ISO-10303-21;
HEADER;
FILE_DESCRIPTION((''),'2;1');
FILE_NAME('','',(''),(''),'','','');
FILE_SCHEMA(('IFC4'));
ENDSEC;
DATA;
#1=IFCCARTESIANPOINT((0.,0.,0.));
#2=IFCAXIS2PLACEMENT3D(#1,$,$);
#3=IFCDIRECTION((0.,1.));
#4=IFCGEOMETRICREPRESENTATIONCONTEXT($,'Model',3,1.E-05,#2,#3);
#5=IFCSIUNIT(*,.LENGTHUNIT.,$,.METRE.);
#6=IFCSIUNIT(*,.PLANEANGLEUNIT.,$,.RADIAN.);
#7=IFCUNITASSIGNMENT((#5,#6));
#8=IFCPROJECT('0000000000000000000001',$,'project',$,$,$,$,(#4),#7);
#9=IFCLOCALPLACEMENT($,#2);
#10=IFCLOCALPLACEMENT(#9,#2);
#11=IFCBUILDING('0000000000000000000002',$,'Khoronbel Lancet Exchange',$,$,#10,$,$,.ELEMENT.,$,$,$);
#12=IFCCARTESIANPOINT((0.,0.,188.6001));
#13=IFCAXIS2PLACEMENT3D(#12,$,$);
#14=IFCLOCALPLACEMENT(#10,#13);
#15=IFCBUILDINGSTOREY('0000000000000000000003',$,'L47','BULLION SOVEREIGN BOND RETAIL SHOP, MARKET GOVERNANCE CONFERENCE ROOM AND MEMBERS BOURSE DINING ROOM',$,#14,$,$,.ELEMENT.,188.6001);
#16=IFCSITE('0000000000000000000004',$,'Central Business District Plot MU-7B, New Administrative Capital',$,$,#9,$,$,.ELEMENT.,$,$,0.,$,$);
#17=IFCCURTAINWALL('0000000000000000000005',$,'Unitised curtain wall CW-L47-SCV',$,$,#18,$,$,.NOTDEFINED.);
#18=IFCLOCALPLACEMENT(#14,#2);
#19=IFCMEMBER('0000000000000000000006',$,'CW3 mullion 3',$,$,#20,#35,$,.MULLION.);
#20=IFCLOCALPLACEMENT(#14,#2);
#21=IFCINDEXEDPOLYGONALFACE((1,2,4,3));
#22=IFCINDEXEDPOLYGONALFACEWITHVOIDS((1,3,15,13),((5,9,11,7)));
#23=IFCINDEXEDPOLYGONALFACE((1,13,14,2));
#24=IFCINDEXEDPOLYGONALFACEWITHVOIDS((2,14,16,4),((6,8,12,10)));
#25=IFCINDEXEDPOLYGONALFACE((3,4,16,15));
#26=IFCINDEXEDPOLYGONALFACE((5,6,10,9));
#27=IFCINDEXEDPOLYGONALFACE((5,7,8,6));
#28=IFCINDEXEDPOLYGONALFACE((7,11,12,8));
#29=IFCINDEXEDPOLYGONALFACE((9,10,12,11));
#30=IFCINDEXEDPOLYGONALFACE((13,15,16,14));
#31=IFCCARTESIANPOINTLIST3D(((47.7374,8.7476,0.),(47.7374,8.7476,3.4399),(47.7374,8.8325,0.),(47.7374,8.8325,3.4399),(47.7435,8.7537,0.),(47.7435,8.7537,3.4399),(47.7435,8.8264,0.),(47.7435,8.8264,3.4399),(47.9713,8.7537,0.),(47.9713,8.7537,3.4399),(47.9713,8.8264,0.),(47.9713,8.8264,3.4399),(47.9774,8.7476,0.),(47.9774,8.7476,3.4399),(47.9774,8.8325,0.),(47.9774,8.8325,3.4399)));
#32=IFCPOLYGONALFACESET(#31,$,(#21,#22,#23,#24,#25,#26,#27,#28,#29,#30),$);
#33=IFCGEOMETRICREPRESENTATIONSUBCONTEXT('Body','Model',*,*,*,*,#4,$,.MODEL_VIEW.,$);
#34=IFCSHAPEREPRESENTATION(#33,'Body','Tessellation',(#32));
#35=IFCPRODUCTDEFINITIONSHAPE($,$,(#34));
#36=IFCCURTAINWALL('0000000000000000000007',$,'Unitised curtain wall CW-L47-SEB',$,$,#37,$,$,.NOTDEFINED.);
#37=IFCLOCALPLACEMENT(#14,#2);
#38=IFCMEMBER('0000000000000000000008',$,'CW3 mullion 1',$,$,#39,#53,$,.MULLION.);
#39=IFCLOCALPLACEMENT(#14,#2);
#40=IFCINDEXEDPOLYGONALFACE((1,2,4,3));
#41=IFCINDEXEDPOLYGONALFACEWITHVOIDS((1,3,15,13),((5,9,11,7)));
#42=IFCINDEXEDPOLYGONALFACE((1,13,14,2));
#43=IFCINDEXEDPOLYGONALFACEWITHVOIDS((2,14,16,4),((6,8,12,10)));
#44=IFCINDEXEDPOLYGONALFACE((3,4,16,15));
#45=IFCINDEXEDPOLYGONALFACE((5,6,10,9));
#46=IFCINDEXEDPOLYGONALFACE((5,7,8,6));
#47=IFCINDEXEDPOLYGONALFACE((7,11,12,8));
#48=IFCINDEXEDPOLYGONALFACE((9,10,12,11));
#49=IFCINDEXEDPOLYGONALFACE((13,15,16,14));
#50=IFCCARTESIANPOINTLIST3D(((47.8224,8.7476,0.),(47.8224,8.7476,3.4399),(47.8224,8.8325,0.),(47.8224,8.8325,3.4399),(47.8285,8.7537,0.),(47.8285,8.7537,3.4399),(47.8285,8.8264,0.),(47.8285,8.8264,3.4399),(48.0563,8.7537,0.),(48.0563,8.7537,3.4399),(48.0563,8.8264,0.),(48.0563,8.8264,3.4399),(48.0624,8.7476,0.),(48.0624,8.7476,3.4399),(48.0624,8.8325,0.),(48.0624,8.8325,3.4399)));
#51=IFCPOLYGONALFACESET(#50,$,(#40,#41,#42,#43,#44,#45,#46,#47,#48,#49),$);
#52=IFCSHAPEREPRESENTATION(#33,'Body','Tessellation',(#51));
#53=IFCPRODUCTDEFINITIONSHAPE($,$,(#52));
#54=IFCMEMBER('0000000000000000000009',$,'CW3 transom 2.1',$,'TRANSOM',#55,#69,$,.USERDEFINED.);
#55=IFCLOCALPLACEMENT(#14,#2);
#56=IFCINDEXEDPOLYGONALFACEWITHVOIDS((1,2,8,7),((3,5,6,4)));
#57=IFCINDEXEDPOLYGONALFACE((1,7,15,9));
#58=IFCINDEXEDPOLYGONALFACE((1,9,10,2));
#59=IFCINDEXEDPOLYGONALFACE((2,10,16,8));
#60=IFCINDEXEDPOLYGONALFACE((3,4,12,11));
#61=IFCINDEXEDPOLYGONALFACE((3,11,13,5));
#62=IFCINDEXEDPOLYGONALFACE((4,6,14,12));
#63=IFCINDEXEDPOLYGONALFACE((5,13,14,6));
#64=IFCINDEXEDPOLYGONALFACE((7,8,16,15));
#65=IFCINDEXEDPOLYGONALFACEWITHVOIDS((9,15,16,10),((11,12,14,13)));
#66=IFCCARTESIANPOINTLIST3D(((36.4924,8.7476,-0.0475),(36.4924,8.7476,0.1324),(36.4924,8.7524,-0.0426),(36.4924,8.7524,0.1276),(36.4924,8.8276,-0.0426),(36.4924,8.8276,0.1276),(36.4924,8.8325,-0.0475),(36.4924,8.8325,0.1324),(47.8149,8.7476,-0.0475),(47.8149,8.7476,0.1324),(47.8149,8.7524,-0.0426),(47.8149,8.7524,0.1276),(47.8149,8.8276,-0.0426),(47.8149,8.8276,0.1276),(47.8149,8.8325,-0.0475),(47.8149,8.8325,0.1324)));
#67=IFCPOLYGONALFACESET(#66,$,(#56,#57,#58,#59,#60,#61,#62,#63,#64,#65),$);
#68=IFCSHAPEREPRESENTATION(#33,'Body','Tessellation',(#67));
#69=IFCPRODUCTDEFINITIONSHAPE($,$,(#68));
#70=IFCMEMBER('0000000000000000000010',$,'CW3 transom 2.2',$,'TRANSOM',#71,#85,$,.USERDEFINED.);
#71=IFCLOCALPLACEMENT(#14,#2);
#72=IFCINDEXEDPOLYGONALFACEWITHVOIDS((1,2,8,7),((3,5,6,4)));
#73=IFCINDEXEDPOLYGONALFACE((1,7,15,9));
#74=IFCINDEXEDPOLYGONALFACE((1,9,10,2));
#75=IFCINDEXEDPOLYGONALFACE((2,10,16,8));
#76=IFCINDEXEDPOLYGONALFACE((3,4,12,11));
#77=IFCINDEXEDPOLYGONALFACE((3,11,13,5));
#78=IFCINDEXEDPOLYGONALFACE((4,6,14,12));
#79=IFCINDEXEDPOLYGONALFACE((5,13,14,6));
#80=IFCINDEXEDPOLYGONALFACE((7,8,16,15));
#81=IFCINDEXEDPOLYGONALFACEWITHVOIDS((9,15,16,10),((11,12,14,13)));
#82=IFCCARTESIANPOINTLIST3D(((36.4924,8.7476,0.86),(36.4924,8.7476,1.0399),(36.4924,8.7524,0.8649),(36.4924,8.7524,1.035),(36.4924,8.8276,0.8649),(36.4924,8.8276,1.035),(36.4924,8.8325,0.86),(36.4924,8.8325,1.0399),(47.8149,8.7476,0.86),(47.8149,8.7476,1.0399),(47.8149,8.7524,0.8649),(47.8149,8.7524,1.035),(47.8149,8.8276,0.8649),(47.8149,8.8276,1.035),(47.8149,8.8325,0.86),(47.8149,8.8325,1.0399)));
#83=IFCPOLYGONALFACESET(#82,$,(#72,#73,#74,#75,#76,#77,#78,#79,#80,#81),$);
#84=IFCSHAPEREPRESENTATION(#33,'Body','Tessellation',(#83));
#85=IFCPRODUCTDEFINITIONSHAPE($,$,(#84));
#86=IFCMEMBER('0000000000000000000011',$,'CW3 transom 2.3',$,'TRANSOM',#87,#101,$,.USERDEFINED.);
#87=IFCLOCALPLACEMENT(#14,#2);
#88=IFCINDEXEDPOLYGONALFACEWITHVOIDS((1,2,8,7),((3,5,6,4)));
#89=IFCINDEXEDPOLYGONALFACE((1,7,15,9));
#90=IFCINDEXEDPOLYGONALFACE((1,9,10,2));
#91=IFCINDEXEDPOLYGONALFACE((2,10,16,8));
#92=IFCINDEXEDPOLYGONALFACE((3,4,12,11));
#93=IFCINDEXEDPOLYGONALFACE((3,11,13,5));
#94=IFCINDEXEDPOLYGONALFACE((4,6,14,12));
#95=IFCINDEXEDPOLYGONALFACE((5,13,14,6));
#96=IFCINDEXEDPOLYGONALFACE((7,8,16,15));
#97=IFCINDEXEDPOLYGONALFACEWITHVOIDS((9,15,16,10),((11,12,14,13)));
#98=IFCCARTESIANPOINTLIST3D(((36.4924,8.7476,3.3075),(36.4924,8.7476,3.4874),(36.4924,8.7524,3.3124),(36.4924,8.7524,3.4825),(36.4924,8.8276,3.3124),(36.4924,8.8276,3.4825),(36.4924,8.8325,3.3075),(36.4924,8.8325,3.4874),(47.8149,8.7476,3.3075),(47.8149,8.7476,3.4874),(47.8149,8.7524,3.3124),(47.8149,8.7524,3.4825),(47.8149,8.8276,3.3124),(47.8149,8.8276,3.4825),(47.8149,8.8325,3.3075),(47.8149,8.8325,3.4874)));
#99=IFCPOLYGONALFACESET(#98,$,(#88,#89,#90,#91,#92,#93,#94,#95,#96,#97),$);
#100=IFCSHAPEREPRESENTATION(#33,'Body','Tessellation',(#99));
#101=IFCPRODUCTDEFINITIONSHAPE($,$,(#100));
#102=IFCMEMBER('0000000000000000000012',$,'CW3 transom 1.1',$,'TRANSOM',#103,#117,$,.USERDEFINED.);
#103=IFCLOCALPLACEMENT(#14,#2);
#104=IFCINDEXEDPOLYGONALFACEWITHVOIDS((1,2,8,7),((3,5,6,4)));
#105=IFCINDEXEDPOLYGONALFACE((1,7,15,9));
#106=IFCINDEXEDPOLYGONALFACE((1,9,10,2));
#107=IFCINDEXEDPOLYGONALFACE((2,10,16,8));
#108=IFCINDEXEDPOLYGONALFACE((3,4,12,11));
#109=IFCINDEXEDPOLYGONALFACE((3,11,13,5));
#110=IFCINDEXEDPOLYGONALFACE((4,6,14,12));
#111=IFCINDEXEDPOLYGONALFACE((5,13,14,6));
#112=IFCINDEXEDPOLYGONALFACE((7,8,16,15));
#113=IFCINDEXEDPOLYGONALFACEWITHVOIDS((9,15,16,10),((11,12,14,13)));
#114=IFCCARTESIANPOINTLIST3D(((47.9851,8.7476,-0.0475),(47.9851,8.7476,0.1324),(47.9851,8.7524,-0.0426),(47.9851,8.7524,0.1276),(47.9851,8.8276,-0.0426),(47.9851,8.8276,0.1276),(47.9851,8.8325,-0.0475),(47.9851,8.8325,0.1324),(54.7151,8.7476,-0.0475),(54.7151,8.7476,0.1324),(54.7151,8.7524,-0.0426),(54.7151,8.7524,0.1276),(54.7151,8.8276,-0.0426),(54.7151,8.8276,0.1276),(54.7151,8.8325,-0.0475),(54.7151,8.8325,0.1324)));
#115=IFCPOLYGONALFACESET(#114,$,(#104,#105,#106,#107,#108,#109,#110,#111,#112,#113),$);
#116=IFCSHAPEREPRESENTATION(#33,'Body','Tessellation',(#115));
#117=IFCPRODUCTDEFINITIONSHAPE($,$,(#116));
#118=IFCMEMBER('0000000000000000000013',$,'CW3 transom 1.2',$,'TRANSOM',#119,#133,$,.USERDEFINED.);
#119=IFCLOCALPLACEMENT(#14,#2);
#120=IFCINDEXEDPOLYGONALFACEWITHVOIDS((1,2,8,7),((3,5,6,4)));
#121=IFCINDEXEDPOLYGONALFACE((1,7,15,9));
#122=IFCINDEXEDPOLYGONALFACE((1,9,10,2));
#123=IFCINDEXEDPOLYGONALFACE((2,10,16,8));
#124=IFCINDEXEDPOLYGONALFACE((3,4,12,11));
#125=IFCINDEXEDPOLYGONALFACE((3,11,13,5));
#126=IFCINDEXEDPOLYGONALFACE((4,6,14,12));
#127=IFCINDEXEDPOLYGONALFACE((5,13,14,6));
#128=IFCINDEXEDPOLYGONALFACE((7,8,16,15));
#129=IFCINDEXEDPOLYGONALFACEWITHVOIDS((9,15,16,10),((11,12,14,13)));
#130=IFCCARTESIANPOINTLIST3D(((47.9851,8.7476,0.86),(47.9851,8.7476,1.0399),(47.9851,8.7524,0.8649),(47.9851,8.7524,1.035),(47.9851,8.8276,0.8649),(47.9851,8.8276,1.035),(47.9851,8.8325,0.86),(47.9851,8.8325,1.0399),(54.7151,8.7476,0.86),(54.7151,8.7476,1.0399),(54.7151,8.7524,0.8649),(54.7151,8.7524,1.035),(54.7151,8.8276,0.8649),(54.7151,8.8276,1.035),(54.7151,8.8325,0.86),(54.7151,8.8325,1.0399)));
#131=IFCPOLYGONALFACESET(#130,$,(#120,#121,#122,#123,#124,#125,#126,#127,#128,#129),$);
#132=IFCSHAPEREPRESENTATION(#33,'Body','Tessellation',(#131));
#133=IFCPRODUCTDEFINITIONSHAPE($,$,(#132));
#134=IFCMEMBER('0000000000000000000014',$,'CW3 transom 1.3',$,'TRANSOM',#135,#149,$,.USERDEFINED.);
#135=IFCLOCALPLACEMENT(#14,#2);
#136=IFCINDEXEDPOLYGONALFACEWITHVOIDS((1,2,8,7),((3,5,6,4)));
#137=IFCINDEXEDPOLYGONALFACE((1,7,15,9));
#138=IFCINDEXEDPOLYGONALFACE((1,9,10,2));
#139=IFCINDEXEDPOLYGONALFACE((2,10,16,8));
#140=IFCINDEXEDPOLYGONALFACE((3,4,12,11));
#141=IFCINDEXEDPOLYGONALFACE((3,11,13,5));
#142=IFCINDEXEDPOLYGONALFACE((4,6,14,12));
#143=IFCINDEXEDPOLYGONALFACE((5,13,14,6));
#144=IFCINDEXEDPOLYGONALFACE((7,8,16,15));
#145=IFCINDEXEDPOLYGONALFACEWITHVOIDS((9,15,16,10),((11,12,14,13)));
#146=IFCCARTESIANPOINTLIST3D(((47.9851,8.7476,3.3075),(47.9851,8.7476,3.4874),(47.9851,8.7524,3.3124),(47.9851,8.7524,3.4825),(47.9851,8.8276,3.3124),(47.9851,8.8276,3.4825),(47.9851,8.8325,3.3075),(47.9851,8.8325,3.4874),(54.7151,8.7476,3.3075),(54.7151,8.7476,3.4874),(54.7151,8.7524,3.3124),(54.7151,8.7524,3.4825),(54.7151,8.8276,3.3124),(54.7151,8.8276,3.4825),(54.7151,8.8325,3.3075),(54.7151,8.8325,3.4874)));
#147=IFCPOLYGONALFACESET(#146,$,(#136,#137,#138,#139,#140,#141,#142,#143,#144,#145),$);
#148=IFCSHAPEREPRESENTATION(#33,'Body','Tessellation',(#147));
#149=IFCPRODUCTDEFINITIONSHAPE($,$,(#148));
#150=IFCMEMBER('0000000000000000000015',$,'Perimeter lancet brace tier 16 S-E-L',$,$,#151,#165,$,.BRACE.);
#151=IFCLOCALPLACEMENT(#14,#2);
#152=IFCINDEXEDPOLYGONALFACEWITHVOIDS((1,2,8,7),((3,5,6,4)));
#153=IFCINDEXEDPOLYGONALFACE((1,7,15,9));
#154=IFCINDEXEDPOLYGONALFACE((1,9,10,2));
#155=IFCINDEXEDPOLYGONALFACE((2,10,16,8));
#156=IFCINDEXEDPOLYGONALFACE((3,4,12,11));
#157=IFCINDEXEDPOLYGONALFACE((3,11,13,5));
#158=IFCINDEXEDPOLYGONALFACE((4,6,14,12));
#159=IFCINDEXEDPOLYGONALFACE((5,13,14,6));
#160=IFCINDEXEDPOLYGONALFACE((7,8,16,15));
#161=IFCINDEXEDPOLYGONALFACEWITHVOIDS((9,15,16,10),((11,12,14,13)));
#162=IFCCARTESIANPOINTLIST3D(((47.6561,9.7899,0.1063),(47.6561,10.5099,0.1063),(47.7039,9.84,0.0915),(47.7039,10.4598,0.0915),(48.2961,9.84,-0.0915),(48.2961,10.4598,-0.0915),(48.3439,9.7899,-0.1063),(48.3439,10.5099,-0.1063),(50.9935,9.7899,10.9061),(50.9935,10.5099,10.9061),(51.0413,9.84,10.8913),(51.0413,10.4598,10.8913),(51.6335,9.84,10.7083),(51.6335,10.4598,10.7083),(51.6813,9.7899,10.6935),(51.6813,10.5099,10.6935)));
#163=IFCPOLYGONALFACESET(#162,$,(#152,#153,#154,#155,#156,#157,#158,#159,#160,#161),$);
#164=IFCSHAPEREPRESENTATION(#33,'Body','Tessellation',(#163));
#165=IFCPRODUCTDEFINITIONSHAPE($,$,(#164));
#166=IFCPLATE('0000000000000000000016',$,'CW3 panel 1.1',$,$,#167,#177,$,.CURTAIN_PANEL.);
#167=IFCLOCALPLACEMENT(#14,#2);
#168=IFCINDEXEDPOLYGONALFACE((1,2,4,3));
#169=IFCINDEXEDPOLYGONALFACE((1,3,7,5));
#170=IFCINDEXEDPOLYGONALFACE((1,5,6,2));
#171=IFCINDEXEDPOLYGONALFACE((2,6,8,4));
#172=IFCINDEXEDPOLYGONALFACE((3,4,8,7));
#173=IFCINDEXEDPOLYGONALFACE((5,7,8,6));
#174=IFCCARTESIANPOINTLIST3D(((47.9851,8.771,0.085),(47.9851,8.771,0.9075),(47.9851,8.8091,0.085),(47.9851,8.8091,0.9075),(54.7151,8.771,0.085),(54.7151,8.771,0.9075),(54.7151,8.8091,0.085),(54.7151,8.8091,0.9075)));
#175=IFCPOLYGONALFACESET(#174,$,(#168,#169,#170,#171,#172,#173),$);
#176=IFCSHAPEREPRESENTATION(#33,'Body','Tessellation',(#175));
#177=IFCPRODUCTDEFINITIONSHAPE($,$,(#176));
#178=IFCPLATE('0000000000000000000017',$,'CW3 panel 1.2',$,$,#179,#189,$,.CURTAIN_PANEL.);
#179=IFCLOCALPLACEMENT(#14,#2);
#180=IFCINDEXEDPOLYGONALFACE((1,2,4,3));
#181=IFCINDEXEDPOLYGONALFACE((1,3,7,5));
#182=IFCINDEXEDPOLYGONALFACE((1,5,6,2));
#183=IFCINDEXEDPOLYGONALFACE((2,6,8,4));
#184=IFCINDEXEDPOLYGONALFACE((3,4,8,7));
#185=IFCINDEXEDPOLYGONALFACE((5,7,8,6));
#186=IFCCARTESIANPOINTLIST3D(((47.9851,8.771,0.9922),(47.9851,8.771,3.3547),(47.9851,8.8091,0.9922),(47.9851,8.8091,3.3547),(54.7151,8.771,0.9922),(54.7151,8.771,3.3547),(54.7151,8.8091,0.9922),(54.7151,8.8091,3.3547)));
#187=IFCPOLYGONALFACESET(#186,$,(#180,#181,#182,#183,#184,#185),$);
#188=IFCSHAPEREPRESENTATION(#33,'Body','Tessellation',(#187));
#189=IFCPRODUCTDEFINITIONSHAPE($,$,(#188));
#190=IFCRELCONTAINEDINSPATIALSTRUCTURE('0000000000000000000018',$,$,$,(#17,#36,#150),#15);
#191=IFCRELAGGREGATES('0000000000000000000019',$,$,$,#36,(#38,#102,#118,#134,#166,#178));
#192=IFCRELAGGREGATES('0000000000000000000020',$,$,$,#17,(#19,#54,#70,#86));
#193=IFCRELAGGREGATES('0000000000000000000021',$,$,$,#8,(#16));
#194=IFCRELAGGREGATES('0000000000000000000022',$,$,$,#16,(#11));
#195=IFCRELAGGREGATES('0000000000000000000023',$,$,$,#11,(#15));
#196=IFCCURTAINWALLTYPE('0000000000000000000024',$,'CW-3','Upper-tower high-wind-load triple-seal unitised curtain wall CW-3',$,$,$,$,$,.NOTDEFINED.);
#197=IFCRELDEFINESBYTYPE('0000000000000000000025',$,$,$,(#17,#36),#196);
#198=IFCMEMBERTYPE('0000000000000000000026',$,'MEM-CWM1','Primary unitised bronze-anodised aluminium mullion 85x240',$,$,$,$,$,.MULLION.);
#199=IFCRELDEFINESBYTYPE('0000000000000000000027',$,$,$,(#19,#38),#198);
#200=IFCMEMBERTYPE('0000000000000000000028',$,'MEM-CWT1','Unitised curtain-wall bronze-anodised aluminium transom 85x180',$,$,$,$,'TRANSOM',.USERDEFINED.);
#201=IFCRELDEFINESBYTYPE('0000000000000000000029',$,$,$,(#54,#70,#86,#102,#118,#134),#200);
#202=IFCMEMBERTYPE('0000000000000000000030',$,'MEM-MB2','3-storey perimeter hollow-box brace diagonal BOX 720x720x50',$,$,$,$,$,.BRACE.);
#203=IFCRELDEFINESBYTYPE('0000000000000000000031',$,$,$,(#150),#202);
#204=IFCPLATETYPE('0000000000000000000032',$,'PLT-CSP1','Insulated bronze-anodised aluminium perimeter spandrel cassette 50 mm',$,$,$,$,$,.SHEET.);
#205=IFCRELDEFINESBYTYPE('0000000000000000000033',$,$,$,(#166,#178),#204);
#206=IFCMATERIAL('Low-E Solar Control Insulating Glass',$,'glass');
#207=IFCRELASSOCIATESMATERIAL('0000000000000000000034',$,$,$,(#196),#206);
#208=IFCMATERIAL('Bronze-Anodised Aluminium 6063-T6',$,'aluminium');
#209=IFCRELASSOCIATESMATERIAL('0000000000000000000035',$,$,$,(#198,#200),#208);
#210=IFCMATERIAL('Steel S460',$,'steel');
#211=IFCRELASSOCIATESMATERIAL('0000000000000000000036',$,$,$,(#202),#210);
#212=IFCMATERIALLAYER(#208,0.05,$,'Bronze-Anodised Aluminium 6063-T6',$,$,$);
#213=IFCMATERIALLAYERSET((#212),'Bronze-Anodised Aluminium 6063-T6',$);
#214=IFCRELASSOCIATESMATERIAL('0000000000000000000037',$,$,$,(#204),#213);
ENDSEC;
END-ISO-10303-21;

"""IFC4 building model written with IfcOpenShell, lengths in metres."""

from ifc_helpers import new_model, si_unit, direction, frame, origin, origin_2d, place, context, subcontext, project, spatial, rectangle, hollow_rectangle, extrude, material, layer, layer_set, material_profile, profile_set, type_object, element, aggregate, save


model = new_model("IFC4")

# Units and contexts
model_context = context("Model", 3, precision=1e-05, world=origin(), true_north=direction((0.0, 1.0)))
body_context = subcontext(model_context, "Body", "Model", "MODEL_VIEW")
ifc_project = project(units=[si_unit("LENGTHUNIT", "METRE"), si_unit("PLANEANGLEUNIT", "RADIAN")], contexts=[model_context])

# Site, building, storey
site_placement = place(None, origin())
site = spatial("IfcSite", under=ifc_project, at=site_placement, Name="Central Business District Plot MU-7B, New Administrative Capital", CompositionType="ELEMENT", RefElevation=0.0)
building_placement = place(site_placement, origin())
building = spatial("IfcBuilding", under=site, at=building_placement, Name="Khoronbel Lancet Exchange", CompositionType="ELEMENT")
storey_placement = place(building_placement, frame((0.0, 0.0, 188.6001)))
storey = spatial("IfcBuildingStorey", under=building, at=storey_placement, Name="L47", Description="BULLION SOVEREIGN BOND RETAIL SHOP, MARKET GOVERNANCE CONFERENCE ROOM AND MEMBERS BOURSE DINING ROOM", CompositionType="ELEMENT", Elevation=188.6001)

# Shared definitions
ifc_material_1 = material(Name="Steel S460", Category="steel")

# Curtain wall, member
ifc_material_2 = material(Name="Low-E Solar Control Insulating Glass", Category="glass")
curtain_wall_type = type_object("IfcCurtainWallType", Name="CW-3", Description="Upper-tower high-wind-load triple-seal unitised curtain wall CW-3", PredefinedType="NOTDEFINED", material=ifc_material_2)
curtain_wall_1_placement = place(storey_placement, origin())
curtain_wall_1 = element("IfcCurtainWall", 1, at=curtain_wall_1_placement, inside=storey, type_object=curtain_wall_type, Name="Unitised curtain wall CW-L47-SCV", PredefinedType="NOTDEFINED")
ifc_material_3 = material(Name="Bronze-Anodised Aluminium 6063-T6", Category="aluminium")
ifc_material_profile_1 = material_profile(ifc_material_3, hollow_rectangle(XDim=0.085, YDim=0.24, WallThickness=0.0061, at=origin_2d()), Name="ALU MULLION 85x240")
ifc_profile_set_1 = profile_set([ifc_material_profile_1], Name="Bronze-Anodised Aluminium 6063-T6")
member_type_1 = type_object("IfcMemberType", Name="MEM-CWM1", Description="Primary unitised bronze-anodised aluminium mullion 85x240", PredefinedType="MULLION", material=ifc_profile_set_1)
member_1_placement = place(storey_placement, frame((47.8574, 8.79, 0.0), z_axis=(0.0, 0.0, 1.0), x_axis=(0.0, 1.0, 0.0)))
member_1 = element("IfcMember", 2, at=member_1_placement, type_object=member_type_1, Name="CW3 mullion 3", PredefinedType="MULLION", context=body_context, shape_type="SweptSolid", body=[
    extrude(hollow_rectangle(XDim=0.085, YDim=0.24, WallThickness=0.0061, at=origin_2d()), origin(), (0.0, 0.0, 1.0), 3.4399),
])

# Curtain wall, member
curtain_wall_2_placement = place(storey_placement, origin())
curtain_wall_2 = element("IfcCurtainWall", 3, at=curtain_wall_2_placement, inside=storey, type_object=curtain_wall_type, Name="Unitised curtain wall CW-L47-SEB", PredefinedType="NOTDEFINED")
member_2_placement = place(storey_placement, frame((47.9424, 8.79, 0.0), z_axis=(0.0, 0.0, 1.0), x_axis=(0.0, 1.0, 0.0)))
member_2 = element("IfcMember", 4, at=member_2_placement, type_object=member_type_1, Name="CW3 mullion 1", PredefinedType="MULLION", context=body_context, shape_type="SweptSolid", body=[
    extrude(hollow_rectangle(XDim=0.085, YDim=0.24, WallThickness=0.0061, at=origin_2d()), origin(), (0.0, 0.0, 1.0), 3.4399),
])

# Members
ifc_material_profile_2 = material_profile(ifc_material_3, hollow_rectangle(XDim=0.085, YDim=0.1799, WallThickness=0.0049, at=origin_2d()), Name="ALU TRANSOM 85x180")
ifc_profile_set_2 = profile_set([ifc_material_profile_2], Name="Bronze-Anodised Aluminium 6063-T6")
member_type_2 = type_object("IfcMemberType", Name="MEM-CWT1", Description="Unitised curtain-wall bronze-anodised aluminium transom 85x180", ElementType="TRANSOM", PredefinedType="USERDEFINED", material=ifc_profile_set_2)
member_3_placement = place(storey_placement, frame((36.4924, 8.79, 0.0425), z_axis=(1.0, 0.0, 0.0), x_axis=(0.0, 1.0, 0.0)))
member_3 = element("IfcMember", 5, at=member_3_placement, type_object=member_type_2, Name="CW3 transom 2.1", ObjectType="TRANSOM", PredefinedType="USERDEFINED", context=body_context, shape_type="SweptSolid", body=[
    extrude(hollow_rectangle(XDim=0.085, YDim=0.1799, WallThickness=0.0049, at=origin_2d()), origin(), (0.0, 0.0, 1.0), 11.3225),
])
member_4_placement = place(storey_placement, frame((36.4924, 8.79, 0.95), z_axis=(1.0, 0.0, 0.0), x_axis=(0.0, 1.0, 0.0)))
member_4 = element("IfcMember", 6, at=member_4_placement, type_object=member_type_2, Name="CW3 transom 2.2", ObjectType="TRANSOM", PredefinedType="USERDEFINED", context=body_context, shape_type="SweptSolid", body=[
    extrude(hollow_rectangle(XDim=0.085, YDim=0.1799, WallThickness=0.0049, at=origin_2d()), origin(), (0.0, 0.0, 1.0), 11.3225),
])
member_5_placement = place(storey_placement, frame((36.4924, 8.79, 3.3975), z_axis=(1.0, 0.0, 0.0), x_axis=(0.0, 1.0, 0.0)))
member_5 = element("IfcMember", 7, at=member_5_placement, type_object=member_type_2, Name="CW3 transom 2.3", ObjectType="TRANSOM", PredefinedType="USERDEFINED", context=body_context, shape_type="SweptSolid", body=[
    extrude(hollow_rectangle(XDim=0.085, YDim=0.1799, WallThickness=0.0049, at=origin_2d()), origin(), (0.0, 0.0, 1.0), 11.3225),
])
member_6_placement = place(storey_placement, frame((47.9851, 8.79, 0.0425), z_axis=(1.0, 0.0, 0.0), x_axis=(0.0, 1.0, 0.0)))
member_6 = element("IfcMember", 8, at=member_6_placement, type_object=member_type_2, Name="CW3 transom 1.1", ObjectType="TRANSOM", PredefinedType="USERDEFINED", context=body_context, shape_type="SweptSolid", body=[
    extrude(hollow_rectangle(XDim=0.085, YDim=0.1799, WallThickness=0.0049, at=origin_2d()), origin(), (0.0, 0.0, 1.0), 6.73),
])
member_7_placement = place(storey_placement, frame((47.9851, 8.79, 0.95), z_axis=(1.0, 0.0, 0.0), x_axis=(0.0, 1.0, 0.0)))
member_7 = element("IfcMember", 9, at=member_7_placement, type_object=member_type_2, Name="CW3 transom 1.2", ObjectType="TRANSOM", PredefinedType="USERDEFINED", context=body_context, shape_type="SweptSolid", body=[
    extrude(hollow_rectangle(XDim=0.085, YDim=0.1799, WallThickness=0.0049, at=origin_2d()), origin(), (0.0, 0.0, 1.0), 6.73),
])
member_8_placement = place(storey_placement, frame((47.9851, 8.79, 3.3975), z_axis=(1.0, 0.0, 0.0), x_axis=(0.0, 1.0, 0.0)))
member_8 = element("IfcMember", 10, at=member_8_placement, type_object=member_type_2, Name="CW3 transom 1.3", ObjectType="TRANSOM", PredefinedType="USERDEFINED", context=body_context, shape_type="SweptSolid", body=[
    extrude(hollow_rectangle(XDim=0.085, YDim=0.1799, WallThickness=0.0049, at=origin_2d()), origin(), (0.0, 0.0, 1.0), 6.73),
])
ifc_material_profile_3 = material_profile(ifc_material_1, hollow_rectangle(XDim=0.72, YDim=0.72, WallThickness=0.05, at=origin_2d()), Name="BOX 720x720x50")
ifc_profile_set_3 = profile_set([ifc_material_profile_3], Name="Steel S460")
member_type_3 = type_object("IfcMemberType", Name="MEM-MB2", Description="3-storey perimeter hollow-box brace diagonal BOX 720x720x50", PredefinedType="BRACE", material=ifc_profile_set_3)
member_9_placement = place(storey_placement, frame((48.0, 10.1499, 0.0), z_axis=(0.295248, 0.0, 0.955421), x_axis=(0.0, 1.0, 0.0)))
element("IfcMember", 11, at=member_9_placement, inside=storey, type_object=member_type_3, Name="Perimeter lancet brace tier 16 S-E-L", PredefinedType="BRACE", context=body_context, shape_type="SweptSolid", body=[
    extrude(hollow_rectangle(XDim=0.72, YDim=0.72, WallThickness=0.05, at=origin_2d()), origin(), (0.0, 0.0, 1.0), 11.3037),
])

# Plates
ifc_layer_1 = layer(ifc_material_3, 0.05, Name="Bronze-Anodised Aluminium 6063-T6")
ifc_layer_set_1 = layer_set([ifc_layer_1], Name="Bronze-Anodised Aluminium 6063-T6")
plate_type_1 = type_object("IfcPlateType", Name="PLT-CSP1", Description="Insulated bronze-anodised aluminium perimeter spandrel cassette 50 mm", PredefinedType="SHEET", material=ifc_layer_set_1)
plate_1_placement = place(storey_placement, frame((51.3501, 8.79, 0.085), z_axis=(0.0, 0.0, 1.0), x_axis=(1.0, 0.0, 0.0)))
plate_1 = element("IfcPlate", 12, at=plate_1_placement, type_object=plate_type_1, Name="CW3 panel 1.1", PredefinedType="CURTAIN_PANEL", context=body_context, shape_type="SweptSolid", body=[
    extrude(rectangle(XDim=6.73, YDim=0.0381, at=origin_2d()), origin(), (0.0, 0.0, 1.0), 0.8225),
])
plate_2_placement = place(storey_placement, frame((51.3501, 8.79, 0.9922), z_axis=(0.0, 0.0, 1.0), x_axis=(1.0, 0.0, 0.0)))
plate_2 = element("IfcPlate", 13, at=plate_2_placement, type_object=plate_type_1, Name="CW3 panel 1.2", PredefinedType="CURTAIN_PANEL", context=body_context, shape_type="SweptSolid", body=[
    extrude(rectangle(XDim=6.73, YDim=0.0381, at=origin_2d()), origin(), (0.0, 0.0, 1.0), 2.3625),
])
aggregate(curtain_wall_2, [member_2, member_6, member_7, member_8, plate_1, plate_2])
aggregate(curtain_wall_1, [member_1, member_3, member_4, member_5])

save(model, "model.ifc")
